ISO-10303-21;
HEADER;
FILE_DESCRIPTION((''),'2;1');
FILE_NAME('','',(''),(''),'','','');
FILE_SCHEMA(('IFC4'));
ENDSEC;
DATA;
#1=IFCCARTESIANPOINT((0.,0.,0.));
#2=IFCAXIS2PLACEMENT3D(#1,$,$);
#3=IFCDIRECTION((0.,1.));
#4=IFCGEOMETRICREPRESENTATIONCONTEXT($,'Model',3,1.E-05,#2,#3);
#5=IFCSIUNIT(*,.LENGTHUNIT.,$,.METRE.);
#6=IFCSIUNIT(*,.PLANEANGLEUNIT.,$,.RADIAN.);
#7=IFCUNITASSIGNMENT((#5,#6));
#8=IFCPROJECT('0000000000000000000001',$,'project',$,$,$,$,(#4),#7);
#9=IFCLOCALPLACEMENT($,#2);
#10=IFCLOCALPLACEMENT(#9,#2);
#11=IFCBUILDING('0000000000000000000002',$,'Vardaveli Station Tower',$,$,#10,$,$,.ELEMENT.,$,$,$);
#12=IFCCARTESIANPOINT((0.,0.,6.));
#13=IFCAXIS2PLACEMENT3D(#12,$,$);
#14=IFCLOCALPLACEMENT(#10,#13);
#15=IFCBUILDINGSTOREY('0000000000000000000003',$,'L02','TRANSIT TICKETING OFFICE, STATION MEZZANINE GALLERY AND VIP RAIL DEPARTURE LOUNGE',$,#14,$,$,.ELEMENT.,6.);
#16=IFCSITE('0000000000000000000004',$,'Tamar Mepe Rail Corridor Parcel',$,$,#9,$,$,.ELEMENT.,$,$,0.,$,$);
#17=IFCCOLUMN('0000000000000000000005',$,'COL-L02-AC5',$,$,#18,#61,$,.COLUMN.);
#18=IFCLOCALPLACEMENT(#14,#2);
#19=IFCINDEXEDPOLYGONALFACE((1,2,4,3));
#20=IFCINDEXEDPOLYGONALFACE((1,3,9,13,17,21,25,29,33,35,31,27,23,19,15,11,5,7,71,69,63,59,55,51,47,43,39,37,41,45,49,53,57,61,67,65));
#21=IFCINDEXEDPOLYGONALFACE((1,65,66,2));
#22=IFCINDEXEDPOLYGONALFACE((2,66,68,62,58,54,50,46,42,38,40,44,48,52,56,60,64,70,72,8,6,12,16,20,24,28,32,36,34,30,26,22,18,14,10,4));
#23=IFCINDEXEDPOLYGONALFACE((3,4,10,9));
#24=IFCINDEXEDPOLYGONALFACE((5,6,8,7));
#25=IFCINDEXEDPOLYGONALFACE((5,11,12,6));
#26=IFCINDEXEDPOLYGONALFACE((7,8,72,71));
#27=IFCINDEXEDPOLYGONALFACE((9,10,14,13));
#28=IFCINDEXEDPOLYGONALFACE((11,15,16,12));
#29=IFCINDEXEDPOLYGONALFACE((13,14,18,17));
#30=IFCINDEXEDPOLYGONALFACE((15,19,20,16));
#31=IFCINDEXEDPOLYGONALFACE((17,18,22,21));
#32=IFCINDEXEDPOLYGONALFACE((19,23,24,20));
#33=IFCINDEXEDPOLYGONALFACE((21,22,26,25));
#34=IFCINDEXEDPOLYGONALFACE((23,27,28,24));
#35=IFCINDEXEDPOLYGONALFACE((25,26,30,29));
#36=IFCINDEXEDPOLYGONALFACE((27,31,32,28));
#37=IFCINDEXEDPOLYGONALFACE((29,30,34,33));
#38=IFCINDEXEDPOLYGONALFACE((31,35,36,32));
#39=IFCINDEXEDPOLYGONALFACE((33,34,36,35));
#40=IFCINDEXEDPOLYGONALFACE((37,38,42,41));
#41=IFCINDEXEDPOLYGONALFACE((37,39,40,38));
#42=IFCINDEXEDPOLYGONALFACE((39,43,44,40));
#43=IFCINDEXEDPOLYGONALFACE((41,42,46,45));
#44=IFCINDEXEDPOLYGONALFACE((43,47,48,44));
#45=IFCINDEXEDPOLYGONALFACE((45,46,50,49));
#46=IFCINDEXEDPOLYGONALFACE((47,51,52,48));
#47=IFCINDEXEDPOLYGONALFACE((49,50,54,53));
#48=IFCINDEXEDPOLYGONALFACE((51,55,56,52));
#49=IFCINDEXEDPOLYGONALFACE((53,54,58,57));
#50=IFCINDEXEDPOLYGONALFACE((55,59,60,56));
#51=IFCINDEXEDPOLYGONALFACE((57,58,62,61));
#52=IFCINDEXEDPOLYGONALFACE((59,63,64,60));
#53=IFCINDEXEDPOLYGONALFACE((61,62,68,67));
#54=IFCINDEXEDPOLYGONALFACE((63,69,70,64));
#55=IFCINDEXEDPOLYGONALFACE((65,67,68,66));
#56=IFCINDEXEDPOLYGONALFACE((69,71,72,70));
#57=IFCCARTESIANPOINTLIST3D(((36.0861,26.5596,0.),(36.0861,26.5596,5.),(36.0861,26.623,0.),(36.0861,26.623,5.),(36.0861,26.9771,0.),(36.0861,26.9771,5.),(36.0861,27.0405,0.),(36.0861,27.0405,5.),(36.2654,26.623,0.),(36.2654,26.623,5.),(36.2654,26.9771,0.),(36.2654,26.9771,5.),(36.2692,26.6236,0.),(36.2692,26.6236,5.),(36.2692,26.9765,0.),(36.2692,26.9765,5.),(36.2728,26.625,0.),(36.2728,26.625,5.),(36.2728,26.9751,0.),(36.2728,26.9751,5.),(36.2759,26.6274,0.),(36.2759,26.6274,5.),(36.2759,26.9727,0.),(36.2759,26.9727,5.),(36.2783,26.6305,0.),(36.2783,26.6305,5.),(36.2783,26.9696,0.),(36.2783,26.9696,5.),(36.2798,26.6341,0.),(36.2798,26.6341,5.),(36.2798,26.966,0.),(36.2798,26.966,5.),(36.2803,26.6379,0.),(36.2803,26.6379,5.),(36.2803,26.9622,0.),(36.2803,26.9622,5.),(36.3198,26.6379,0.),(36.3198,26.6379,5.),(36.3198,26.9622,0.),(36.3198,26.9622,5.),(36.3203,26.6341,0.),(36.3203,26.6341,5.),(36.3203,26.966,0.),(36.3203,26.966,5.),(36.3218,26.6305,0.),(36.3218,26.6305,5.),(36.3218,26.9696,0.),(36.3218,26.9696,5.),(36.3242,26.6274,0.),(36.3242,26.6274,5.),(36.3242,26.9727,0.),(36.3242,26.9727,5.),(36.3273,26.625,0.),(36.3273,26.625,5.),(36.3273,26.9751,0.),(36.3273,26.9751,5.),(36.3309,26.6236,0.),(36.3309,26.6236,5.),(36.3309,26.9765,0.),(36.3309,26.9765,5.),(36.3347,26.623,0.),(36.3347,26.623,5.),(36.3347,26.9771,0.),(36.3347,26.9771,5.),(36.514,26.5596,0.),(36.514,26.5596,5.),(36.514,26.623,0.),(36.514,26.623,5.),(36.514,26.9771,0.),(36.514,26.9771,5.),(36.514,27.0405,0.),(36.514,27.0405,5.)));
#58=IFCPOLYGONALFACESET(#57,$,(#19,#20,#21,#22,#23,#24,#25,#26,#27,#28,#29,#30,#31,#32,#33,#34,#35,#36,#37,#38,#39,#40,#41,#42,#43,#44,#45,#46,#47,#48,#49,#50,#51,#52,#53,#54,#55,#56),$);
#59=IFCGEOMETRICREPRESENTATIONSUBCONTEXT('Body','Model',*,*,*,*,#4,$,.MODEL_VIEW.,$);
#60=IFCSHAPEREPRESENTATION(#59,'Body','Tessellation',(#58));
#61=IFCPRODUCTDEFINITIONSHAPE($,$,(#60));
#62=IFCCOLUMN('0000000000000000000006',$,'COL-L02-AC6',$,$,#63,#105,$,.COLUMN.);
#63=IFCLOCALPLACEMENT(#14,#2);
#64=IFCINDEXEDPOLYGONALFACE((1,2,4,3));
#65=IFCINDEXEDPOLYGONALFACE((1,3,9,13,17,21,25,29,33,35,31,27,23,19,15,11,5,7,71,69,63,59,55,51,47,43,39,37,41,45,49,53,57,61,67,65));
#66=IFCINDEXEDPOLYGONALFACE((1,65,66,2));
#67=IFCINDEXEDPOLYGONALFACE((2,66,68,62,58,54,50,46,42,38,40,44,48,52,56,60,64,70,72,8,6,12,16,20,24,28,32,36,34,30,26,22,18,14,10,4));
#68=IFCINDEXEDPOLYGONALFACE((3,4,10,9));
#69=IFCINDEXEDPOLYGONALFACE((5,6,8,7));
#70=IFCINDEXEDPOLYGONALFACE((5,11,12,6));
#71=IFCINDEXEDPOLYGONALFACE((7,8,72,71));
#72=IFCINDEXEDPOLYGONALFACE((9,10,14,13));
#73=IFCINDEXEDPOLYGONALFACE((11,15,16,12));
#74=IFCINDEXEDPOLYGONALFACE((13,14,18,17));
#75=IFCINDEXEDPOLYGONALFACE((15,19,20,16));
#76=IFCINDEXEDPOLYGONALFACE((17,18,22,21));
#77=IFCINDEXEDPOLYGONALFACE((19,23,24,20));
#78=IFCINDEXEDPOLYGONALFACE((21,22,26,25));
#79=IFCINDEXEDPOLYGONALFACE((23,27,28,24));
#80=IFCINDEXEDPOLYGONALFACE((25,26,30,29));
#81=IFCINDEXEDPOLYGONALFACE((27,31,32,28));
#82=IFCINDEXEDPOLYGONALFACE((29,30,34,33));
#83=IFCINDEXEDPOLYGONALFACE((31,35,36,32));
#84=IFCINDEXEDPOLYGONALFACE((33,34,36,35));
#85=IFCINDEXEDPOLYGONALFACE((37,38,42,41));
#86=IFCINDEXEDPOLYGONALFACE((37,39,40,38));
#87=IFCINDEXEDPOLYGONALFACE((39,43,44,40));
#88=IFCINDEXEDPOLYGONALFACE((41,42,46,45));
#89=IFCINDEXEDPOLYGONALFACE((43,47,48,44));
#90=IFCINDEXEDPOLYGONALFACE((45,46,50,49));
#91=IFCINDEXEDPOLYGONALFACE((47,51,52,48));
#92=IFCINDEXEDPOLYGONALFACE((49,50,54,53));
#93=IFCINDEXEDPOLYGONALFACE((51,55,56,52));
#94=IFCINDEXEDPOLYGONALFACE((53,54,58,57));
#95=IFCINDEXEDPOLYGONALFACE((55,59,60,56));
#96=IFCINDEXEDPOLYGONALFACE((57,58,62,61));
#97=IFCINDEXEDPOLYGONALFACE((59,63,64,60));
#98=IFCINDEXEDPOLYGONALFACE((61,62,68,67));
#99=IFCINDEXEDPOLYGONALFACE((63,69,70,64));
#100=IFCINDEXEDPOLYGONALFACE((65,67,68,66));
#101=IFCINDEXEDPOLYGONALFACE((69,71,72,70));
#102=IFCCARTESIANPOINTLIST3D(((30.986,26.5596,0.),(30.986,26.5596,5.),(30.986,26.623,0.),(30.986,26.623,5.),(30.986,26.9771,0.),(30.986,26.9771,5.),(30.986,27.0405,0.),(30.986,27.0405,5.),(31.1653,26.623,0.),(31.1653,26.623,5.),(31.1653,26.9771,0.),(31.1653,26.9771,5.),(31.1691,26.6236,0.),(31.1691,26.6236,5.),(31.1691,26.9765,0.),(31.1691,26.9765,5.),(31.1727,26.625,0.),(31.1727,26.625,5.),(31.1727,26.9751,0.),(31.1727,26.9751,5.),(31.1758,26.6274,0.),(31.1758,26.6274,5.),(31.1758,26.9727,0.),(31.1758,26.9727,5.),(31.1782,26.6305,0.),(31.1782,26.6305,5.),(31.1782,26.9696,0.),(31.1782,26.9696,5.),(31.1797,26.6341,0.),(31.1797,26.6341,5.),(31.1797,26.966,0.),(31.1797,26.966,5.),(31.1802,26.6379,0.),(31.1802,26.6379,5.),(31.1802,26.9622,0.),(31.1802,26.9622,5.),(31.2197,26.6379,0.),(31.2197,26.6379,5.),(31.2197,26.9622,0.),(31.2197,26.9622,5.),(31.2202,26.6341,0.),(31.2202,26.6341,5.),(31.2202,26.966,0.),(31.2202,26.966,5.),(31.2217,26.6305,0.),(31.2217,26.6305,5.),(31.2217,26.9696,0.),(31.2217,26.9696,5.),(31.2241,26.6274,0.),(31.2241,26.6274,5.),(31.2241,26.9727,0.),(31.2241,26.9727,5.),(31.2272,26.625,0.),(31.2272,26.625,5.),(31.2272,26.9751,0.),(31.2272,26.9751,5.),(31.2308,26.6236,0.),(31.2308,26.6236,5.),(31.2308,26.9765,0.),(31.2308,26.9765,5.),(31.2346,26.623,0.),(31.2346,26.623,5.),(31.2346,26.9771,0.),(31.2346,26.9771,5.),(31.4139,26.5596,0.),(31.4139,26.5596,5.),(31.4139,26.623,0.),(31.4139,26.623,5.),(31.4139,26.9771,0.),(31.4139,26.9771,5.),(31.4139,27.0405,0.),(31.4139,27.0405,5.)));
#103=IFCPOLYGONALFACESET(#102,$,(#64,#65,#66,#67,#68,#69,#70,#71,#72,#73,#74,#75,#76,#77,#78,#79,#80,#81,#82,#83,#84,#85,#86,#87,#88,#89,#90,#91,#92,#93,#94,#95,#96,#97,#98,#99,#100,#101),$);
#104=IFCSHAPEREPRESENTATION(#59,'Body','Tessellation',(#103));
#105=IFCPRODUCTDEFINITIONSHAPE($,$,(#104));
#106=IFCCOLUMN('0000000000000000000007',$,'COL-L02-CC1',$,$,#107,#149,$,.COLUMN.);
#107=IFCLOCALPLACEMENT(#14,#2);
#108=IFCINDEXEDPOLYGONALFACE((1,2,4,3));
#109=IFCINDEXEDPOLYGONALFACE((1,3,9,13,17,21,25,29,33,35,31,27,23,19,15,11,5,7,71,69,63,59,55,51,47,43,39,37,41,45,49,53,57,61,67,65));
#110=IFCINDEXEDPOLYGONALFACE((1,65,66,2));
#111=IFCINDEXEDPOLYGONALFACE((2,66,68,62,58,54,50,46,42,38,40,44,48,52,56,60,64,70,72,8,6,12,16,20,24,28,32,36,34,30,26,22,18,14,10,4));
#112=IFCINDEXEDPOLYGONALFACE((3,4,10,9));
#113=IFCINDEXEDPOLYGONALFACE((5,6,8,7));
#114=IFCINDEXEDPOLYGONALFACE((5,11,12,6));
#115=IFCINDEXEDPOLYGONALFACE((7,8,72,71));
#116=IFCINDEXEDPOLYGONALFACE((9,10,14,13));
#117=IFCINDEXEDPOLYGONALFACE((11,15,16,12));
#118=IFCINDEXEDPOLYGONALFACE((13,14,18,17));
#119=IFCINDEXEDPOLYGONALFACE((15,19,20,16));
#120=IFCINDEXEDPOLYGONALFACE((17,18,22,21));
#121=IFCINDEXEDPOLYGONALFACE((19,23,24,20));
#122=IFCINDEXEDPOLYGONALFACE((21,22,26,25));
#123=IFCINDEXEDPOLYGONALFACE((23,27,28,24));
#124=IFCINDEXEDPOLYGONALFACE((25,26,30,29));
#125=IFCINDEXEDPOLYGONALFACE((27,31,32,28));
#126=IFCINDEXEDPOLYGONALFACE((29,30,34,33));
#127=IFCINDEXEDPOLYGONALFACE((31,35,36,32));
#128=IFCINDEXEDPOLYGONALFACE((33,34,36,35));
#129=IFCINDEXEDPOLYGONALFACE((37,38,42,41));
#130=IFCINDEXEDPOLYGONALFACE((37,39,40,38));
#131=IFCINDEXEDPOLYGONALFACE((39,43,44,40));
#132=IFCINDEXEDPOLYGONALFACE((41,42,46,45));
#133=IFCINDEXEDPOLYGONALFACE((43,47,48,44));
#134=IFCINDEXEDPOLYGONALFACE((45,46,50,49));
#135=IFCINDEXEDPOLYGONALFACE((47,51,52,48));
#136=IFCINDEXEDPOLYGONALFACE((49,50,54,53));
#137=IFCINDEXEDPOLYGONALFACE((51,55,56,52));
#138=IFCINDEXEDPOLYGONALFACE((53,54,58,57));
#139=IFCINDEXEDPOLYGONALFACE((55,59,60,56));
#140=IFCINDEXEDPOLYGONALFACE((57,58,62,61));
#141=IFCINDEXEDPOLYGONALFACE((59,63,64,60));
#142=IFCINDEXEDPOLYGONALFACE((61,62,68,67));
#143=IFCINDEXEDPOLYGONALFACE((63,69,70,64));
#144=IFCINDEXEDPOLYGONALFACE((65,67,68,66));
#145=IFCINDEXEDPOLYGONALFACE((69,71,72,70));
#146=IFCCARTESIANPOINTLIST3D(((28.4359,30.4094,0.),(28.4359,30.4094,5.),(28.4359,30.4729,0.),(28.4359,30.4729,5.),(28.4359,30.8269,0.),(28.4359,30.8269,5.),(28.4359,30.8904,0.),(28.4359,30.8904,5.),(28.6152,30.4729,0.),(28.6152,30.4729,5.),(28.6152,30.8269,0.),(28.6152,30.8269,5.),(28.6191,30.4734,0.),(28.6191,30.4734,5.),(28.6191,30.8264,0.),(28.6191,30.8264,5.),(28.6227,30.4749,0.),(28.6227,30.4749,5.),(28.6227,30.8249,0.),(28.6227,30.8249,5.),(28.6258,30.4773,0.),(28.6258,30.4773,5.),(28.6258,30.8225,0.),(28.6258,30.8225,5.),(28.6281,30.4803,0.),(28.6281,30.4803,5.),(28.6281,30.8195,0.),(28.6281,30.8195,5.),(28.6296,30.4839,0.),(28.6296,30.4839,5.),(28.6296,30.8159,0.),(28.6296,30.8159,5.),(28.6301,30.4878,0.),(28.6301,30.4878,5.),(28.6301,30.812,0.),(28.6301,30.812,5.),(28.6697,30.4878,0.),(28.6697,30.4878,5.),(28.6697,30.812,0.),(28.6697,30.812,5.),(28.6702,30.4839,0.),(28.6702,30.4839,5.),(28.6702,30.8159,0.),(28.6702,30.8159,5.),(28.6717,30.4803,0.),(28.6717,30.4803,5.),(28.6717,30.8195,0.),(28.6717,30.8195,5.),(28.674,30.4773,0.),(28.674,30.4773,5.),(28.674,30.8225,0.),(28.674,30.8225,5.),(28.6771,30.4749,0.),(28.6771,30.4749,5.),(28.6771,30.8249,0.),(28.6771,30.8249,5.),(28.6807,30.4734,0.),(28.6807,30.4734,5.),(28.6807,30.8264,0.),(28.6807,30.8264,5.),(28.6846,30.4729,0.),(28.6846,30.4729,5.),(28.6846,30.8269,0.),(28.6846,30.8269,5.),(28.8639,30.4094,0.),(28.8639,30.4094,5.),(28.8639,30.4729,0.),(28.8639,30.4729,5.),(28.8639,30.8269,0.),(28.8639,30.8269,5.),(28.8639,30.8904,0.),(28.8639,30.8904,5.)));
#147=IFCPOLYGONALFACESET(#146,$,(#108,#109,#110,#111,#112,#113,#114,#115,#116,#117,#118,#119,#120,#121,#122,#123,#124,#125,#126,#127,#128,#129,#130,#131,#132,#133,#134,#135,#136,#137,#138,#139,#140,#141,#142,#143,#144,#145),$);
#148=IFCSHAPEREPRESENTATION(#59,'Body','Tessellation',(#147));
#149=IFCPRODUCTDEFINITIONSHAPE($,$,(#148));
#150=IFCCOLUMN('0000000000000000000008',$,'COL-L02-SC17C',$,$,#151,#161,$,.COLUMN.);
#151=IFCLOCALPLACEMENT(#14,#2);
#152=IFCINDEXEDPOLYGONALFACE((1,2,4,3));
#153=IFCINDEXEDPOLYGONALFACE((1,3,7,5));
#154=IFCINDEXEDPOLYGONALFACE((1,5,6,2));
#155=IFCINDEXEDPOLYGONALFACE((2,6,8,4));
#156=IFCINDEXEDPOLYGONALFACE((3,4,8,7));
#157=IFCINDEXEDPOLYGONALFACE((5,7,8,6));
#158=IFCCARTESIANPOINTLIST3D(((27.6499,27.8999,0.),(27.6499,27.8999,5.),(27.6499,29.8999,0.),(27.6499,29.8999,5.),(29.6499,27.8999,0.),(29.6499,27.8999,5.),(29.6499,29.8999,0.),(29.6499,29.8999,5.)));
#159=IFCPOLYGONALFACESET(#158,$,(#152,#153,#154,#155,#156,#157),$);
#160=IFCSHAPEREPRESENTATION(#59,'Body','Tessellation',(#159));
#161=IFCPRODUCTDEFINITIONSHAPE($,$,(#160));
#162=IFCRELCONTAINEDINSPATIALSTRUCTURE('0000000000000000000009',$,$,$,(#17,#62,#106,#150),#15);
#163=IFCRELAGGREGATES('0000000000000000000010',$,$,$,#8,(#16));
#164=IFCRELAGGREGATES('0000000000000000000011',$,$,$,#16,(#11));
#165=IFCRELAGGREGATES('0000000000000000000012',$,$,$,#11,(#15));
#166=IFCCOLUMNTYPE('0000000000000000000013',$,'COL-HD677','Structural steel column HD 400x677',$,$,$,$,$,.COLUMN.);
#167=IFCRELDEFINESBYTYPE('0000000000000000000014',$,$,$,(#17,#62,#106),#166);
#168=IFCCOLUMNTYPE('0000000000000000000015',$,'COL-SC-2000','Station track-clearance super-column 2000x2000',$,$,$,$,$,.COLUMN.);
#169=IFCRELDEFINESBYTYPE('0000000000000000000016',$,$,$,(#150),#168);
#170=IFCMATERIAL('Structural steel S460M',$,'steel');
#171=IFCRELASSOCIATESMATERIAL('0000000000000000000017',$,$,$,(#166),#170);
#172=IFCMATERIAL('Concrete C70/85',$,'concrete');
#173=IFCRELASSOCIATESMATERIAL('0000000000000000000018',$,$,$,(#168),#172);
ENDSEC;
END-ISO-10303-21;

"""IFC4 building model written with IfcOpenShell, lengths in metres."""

from ifc_helpers import new_model, si_unit, direction, frame, origin, origin_2d, place, context, subcontext, project, spatial, rectangle, i_section, extrude, source, transform, mapped, material, material_profile, profile_set, type_object, element, save


model = new_model("IFC4")

# Units and contexts
model_context = context("Model", 3, precision=1e-05, world=origin(), true_north=direction((0.0, 1.0)))
body_context = subcontext(model_context, "Body", "Model", "MODEL_VIEW")
ifc_project = project(units=[si_unit("LENGTHUNIT", "METRE"), si_unit("PLANEANGLEUNIT", "RADIAN")], contexts=[model_context])

# Site, building, storey
site_placement = place(None, origin())
site = spatial("IfcSite", under=ifc_project, at=site_placement, Name="Tamar Mepe Rail Corridor Parcel", CompositionType="ELEMENT", RefElevation=0.0)
building_placement = place(site_placement, origin())
building = spatial("IfcBuilding", under=site, at=building_placement, Name="Vardaveli Station Tower", CompositionType="ELEMENT")
storey_placement = place(building_placement, frame((0.0, 0.0, 6.0)))
storey = spatial("IfcBuildingStorey", under=building, at=storey_placement, Name="L02", Description="TRANSIT TICKETING OFFICE, STATION MEZZANINE GALLERY AND VIP RAIL DEPARTURE LOUNGE", CompositionType="ELEMENT", Elevation=6.0)

# Columns
ifc_material_1 = material(Name="Structural steel S460M", Category="steel")
ifc_material_profile_1 = material_profile(ifc_material_1, i_section(OverallWidth=0.428, OverallDepth=0.481, WebThickness=0.0396, FlangeThickness=0.0635, FilletRadius=0.0149, at=origin_2d()), Name="HD 400x677")
ifc_profile_set_1 = profile_set([ifc_material_profile_1], Name="Structural steel S460M")
column_type_1 = type_object("IfcColumnType", Name="COL-HD677", Description="Structural steel column HD 400x677", PredefinedType="COLUMN", material=ifc_profile_set_1)
shared_shape_1 = source(origin(), body_context, "Body", "SweptSolid", [
    extrude(i_section(OverallWidth=0.428, OverallDepth=0.481, WebThickness=0.0396, FlangeThickness=0.0635, FilletRadius=0.0149, at=origin_2d()), origin(), (0.0, 0.0, 1.0), 5.0),
])
for number, where, z_axis, x_axis, name in (
    (1, (36.3, 26.8, 0.0), (0.0, 0.0, 1.0), (1.0, 0.0, 0.0), "COL-L02-AC5"),
    (2, (31.2, 26.8, 0.0), (0.0, 0.0, 1.0), (1.0, 0.0, 0.0), "COL-L02-AC6"),
    (3, (28.6499, 30.6499, 0.0), (0.0, 0.0, 1.0), (1.0, 0.0, 0.0), "COL-L02-CC1"),
):
    element("IfcColumn", number, at=place(storey_placement, frame(where, z_axis=z_axis, x_axis=x_axis)), inside=storey, type_object=column_type_1, Name=name, PredefinedType="COLUMN", context=body_context, shape_type="MappedRepresentation", body=[
        mapped(shared_shape_1, transform((0.0, 0.0, 0.0), scale=1.0)),
    ])
ifc_material_2 = material(Name="Concrete C70/85", Category="concrete")
ifc_material_profile_2 = material_profile(ifc_material_2, rectangle(XDim=2.0, YDim=2.0, at=origin_2d()), Name="SC 2000x2000")
ifc_profile_set_2 = profile_set([ifc_material_profile_2], Name="Concrete C70/85")
column_type_2 = type_object("IfcColumnType", Name="COL-SC-2000", Description="Station track-clearance super-column 2000x2000", PredefinedType="COLUMN", material=ifc_profile_set_2)
shared_shape_2 = source(origin(), body_context, "Body", "SweptSolid", [
    extrude(rectangle(XDim=2.0, YDim=2.0, at=origin_2d()), origin(), (0.0, 0.0, 1.0), 5.0),
])
column_placement = place(storey_placement, frame((28.6499, 28.8999, 0.0), z_axis=(0.0, 0.0, 1.0), x_axis=(1.0, 0.0, 0.0)))
element("IfcColumn", 4, at=column_placement, inside=storey, type_object=column_type_2, Name="COL-L02-SC17C", PredefinedType="COLUMN", context=body_context, shape_type="MappedRepresentation", body=[
    mapped(shared_shape_2, transform((0.0, 0.0, 0.0), scale=1.0)),
])

save(model, "model.ifc")
